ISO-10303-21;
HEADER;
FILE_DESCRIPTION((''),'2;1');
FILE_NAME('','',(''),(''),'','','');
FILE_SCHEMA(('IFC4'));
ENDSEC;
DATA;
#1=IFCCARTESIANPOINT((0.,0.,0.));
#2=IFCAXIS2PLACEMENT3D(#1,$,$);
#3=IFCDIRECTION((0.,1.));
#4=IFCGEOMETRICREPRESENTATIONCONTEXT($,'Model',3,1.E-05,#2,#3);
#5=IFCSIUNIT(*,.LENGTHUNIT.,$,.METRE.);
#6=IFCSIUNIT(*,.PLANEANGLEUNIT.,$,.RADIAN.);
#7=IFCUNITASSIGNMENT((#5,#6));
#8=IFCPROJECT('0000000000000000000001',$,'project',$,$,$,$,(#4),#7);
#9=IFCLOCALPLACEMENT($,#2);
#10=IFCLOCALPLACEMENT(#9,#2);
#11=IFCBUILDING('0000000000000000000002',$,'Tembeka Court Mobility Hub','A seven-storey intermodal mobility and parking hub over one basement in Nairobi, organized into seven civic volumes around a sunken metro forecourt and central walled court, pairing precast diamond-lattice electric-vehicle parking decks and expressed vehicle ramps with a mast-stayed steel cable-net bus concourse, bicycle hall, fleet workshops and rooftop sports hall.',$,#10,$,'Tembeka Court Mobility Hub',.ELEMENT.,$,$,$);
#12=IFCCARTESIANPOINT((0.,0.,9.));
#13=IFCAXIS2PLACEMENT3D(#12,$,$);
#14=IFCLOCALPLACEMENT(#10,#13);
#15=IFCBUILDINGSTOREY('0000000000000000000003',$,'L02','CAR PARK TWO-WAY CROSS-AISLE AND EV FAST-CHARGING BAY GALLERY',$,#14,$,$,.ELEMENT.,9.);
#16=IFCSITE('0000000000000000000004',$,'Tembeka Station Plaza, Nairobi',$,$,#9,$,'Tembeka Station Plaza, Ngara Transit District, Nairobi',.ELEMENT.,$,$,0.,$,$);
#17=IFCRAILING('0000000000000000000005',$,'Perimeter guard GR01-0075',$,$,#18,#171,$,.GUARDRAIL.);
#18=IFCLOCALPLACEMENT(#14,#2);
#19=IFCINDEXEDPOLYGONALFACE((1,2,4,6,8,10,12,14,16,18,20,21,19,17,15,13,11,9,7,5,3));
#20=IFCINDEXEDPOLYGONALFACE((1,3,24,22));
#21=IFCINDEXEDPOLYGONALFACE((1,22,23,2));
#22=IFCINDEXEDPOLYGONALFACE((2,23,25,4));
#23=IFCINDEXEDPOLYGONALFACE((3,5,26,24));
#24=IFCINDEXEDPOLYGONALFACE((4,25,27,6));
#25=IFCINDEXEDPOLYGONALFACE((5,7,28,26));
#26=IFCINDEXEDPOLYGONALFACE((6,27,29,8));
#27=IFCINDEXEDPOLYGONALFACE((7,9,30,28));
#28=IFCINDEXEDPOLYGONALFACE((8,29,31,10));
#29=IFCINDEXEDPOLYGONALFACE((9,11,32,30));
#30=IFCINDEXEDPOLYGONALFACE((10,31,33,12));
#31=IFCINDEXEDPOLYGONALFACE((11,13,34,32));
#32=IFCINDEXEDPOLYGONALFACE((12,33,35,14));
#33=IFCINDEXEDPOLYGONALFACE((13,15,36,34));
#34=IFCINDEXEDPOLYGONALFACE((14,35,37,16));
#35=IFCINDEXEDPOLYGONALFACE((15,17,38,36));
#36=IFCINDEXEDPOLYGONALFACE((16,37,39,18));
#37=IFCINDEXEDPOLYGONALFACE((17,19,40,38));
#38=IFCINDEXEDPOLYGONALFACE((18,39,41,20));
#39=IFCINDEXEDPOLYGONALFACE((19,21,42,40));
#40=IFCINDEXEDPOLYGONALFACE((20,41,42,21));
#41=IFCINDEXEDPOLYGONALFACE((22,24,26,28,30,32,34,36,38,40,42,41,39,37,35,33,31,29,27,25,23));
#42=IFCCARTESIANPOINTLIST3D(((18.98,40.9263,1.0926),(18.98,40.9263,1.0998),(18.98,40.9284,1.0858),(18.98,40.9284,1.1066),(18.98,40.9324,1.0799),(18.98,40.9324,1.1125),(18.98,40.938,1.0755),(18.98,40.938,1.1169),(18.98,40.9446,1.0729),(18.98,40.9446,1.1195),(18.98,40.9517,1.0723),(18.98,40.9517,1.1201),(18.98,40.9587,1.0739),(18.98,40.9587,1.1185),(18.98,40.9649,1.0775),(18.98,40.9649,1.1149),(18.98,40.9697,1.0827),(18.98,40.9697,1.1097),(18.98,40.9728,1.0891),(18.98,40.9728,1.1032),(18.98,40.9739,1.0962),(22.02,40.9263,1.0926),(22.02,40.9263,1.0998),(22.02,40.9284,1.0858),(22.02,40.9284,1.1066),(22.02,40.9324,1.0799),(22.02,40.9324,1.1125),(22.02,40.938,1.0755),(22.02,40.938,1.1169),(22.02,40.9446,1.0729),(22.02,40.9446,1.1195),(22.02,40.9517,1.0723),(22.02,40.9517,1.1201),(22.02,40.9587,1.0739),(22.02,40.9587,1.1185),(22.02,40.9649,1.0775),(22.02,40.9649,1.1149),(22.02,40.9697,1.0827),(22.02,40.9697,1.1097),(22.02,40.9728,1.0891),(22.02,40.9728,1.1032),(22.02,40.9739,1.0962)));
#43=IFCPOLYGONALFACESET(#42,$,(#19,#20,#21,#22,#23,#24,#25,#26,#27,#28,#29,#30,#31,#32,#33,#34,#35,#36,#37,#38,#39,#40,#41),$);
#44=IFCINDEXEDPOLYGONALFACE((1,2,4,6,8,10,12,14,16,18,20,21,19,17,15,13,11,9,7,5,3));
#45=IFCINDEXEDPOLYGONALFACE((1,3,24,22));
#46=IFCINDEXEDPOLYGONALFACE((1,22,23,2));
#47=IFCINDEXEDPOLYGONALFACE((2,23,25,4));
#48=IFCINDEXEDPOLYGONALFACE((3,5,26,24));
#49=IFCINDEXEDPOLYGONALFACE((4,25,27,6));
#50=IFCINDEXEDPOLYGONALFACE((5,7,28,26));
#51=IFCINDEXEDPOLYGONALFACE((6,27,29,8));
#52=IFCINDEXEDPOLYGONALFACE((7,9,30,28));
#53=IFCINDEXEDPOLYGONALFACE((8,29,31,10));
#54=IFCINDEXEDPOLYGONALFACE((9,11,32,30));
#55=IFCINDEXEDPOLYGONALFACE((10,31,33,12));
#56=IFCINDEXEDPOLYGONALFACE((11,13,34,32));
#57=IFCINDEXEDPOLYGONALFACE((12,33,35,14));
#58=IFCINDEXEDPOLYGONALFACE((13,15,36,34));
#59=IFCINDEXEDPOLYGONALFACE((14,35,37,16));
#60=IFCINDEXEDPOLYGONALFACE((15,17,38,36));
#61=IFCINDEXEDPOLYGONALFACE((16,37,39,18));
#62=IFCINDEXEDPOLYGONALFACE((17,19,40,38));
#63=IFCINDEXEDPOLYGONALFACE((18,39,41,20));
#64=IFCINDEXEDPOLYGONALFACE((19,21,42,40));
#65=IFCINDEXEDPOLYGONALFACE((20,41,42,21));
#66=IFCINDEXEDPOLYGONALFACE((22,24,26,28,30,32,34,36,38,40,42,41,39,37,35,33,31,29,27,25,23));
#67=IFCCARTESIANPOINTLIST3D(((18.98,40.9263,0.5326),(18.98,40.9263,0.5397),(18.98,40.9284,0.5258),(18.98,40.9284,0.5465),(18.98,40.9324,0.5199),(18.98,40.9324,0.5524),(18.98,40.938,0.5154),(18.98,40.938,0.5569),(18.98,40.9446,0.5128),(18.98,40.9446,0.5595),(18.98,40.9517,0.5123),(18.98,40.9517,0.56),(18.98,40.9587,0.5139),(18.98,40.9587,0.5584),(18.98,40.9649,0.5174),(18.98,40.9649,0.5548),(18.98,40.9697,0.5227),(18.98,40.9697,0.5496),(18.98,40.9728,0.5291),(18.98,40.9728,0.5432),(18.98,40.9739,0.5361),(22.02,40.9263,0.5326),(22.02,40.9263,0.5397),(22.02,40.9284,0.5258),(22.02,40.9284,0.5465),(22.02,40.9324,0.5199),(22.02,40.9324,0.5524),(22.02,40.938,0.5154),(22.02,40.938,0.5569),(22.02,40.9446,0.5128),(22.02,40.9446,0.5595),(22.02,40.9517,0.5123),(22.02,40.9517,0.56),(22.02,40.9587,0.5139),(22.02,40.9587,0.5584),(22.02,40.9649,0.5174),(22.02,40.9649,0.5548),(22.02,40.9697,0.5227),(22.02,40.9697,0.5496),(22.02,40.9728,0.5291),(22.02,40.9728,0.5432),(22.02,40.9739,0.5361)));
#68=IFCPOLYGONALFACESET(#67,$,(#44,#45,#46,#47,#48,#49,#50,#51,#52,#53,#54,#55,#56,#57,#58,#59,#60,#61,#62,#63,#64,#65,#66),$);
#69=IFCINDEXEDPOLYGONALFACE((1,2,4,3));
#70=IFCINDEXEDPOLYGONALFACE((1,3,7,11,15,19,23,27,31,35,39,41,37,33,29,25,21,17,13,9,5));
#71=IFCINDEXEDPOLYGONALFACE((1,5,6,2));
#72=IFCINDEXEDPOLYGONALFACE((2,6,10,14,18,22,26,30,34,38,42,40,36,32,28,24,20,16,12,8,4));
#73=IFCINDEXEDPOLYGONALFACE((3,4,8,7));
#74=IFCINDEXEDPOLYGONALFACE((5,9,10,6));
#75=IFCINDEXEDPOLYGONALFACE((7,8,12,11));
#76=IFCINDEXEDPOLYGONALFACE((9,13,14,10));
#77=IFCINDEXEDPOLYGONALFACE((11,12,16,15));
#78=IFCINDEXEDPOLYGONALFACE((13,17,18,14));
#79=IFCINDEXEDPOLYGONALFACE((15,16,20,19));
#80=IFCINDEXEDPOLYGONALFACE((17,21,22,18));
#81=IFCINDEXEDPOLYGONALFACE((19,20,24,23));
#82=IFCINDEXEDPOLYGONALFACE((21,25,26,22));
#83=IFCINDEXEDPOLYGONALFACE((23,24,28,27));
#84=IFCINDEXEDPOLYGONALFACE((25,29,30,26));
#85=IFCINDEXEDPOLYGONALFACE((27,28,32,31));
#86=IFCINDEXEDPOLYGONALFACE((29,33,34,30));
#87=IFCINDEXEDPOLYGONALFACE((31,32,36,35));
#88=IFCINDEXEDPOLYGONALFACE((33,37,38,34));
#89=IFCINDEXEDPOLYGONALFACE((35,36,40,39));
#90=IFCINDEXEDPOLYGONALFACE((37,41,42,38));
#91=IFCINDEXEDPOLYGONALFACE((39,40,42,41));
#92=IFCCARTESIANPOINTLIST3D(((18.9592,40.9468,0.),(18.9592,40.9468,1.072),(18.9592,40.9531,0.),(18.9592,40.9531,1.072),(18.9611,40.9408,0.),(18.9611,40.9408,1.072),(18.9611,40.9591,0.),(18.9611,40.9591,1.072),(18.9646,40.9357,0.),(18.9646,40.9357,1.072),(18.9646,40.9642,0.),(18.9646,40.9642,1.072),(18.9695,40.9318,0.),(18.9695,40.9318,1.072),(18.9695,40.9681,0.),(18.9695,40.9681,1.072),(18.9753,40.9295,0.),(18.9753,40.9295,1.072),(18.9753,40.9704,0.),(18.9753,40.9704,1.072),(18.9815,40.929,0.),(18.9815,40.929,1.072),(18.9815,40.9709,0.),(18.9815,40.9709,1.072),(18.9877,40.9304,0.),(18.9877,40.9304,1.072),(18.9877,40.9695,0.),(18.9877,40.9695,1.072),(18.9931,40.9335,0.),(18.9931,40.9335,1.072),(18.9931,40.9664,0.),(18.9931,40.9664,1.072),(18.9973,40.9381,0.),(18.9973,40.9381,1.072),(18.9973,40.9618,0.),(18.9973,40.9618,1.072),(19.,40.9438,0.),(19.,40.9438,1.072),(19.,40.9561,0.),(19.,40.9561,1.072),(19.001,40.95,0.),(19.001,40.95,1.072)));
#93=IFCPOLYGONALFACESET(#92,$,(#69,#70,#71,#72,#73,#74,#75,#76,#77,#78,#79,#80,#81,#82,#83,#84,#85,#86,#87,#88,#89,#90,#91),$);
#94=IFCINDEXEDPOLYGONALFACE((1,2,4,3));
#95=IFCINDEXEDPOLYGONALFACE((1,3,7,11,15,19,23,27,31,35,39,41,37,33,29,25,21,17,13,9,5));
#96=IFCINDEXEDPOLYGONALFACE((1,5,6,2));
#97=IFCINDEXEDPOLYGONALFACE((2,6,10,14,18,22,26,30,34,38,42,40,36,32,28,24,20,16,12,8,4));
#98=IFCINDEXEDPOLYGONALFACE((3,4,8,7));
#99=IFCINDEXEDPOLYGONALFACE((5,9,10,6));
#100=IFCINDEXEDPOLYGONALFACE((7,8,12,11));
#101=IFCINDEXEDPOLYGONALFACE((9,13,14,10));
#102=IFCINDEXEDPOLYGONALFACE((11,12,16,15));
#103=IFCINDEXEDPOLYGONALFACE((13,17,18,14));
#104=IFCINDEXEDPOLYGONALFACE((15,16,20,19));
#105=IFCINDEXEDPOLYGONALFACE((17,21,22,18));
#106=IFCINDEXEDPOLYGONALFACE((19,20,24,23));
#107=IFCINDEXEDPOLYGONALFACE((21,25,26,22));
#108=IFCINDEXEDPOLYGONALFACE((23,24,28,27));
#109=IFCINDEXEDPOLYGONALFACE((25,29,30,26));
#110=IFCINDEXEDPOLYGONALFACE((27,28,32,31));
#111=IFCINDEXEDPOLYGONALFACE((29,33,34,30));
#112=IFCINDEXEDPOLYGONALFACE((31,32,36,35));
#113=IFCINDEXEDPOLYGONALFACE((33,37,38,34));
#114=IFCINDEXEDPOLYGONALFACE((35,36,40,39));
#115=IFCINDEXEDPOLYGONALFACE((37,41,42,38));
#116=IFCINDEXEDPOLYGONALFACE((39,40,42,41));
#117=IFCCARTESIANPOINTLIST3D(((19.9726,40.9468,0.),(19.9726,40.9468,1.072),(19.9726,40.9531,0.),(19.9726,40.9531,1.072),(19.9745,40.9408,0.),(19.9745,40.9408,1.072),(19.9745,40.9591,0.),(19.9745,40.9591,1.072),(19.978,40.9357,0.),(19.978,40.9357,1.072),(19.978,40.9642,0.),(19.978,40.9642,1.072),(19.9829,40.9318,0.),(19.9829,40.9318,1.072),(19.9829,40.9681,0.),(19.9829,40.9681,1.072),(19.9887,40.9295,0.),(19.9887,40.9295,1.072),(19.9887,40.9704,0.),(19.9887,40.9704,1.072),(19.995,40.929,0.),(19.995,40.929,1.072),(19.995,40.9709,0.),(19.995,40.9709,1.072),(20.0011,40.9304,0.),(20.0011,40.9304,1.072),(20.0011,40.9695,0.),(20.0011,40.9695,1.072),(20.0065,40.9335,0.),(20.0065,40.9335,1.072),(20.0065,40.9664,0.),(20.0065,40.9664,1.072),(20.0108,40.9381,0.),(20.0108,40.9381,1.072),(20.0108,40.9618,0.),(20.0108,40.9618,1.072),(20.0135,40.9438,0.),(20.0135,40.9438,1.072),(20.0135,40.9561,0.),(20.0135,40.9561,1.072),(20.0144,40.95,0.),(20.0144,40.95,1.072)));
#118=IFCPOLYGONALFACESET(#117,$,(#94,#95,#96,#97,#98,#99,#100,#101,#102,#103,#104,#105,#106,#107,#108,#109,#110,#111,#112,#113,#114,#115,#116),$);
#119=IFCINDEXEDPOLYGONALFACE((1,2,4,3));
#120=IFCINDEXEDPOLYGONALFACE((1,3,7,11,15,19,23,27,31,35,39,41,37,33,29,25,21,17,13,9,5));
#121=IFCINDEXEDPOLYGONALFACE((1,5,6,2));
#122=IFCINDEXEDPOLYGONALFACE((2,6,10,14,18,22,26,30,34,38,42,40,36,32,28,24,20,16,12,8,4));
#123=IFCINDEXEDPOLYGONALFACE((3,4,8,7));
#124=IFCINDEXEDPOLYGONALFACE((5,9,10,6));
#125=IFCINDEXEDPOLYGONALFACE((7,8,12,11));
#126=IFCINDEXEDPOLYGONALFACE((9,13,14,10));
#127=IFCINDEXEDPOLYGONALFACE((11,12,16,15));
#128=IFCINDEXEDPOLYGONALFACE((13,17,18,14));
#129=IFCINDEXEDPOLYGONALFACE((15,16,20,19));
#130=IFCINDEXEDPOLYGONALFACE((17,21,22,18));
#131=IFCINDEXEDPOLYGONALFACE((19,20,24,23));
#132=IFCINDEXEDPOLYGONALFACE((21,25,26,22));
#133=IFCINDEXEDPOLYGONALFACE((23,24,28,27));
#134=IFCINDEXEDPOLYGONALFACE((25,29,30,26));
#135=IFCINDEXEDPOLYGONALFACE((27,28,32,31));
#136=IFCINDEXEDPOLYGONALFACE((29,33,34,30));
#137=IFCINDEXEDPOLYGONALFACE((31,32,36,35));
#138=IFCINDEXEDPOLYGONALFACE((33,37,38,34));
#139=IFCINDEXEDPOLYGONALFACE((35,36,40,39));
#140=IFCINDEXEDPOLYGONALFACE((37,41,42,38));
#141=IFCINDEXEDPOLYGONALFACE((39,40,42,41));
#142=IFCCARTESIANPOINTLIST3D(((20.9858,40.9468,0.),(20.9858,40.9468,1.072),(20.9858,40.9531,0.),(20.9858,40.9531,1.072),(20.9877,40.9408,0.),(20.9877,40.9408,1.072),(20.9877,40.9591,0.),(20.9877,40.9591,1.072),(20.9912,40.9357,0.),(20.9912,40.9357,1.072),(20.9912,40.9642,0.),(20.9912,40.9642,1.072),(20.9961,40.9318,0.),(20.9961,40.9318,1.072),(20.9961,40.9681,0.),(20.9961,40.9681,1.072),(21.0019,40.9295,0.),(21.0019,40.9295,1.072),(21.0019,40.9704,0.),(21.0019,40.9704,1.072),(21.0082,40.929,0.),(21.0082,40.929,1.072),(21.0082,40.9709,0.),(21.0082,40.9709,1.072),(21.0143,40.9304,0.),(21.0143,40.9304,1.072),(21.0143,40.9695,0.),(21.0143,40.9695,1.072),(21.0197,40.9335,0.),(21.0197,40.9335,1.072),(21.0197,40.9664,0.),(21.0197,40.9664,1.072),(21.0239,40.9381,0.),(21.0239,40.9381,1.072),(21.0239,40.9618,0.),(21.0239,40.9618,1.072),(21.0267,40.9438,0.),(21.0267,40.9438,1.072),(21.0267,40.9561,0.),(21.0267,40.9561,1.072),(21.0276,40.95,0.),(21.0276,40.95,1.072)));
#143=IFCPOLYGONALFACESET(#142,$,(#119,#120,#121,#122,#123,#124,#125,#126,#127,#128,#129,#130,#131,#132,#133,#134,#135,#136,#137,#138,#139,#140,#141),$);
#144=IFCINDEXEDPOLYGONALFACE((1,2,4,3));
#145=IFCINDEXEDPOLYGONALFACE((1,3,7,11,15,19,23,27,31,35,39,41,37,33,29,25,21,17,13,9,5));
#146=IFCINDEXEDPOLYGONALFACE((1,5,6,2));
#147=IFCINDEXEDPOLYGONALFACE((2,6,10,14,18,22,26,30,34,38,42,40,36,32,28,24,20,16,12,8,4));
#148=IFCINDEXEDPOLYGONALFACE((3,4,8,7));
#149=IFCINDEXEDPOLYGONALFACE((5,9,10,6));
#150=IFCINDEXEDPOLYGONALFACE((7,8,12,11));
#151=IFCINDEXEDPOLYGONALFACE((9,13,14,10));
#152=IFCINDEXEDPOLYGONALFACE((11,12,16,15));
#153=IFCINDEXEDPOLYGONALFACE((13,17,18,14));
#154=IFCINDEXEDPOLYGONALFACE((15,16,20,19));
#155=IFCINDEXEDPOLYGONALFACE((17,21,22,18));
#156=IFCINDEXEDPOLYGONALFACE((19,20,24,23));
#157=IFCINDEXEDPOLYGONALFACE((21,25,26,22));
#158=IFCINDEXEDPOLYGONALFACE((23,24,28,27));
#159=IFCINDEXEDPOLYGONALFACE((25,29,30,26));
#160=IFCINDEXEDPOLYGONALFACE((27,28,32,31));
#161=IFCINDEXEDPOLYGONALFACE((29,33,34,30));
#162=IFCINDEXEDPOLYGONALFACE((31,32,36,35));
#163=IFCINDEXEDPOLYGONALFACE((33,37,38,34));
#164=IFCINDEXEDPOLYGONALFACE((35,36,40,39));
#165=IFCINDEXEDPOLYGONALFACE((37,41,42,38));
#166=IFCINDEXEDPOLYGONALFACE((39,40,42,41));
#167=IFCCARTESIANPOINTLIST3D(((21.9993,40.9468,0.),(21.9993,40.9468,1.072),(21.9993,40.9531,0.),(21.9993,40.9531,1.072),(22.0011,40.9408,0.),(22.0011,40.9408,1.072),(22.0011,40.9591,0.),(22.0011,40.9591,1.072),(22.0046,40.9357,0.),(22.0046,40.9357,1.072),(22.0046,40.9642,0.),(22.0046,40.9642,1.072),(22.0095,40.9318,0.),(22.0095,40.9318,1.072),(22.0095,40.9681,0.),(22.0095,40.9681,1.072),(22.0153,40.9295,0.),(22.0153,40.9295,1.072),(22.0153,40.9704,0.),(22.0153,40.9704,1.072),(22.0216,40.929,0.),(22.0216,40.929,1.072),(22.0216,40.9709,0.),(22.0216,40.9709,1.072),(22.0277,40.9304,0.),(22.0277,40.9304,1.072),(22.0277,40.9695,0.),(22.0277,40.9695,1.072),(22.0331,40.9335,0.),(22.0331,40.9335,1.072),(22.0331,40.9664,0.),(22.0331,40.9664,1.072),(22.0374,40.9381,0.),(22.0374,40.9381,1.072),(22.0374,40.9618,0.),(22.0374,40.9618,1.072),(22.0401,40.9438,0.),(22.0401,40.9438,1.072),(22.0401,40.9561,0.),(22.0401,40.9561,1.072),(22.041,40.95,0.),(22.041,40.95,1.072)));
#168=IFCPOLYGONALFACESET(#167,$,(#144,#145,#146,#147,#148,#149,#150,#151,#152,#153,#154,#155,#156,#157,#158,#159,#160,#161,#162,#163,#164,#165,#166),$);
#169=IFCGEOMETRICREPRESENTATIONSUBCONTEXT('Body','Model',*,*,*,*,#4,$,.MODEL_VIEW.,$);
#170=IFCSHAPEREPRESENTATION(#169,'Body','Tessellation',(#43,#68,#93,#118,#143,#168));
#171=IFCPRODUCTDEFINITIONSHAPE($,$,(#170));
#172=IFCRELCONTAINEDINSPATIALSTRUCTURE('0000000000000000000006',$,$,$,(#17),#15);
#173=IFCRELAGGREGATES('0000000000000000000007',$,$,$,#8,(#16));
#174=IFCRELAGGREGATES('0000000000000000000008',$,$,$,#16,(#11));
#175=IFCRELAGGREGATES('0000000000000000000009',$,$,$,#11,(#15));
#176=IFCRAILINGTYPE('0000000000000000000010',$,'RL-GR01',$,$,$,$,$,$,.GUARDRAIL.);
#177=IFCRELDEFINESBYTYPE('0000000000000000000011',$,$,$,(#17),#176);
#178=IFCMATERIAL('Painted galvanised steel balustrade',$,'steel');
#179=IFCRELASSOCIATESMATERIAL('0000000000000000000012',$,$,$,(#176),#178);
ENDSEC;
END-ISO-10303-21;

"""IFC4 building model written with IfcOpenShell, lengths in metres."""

from ifc_helpers import new_model, si_unit, direction, frame, origin, origin_2d, place, context, subcontext, project, spatial, circle, extrude, material, type_object, element, save


model = new_model("IFC4")

# Units and contexts
model_context = context("Model", 3, precision=1e-05, world=origin(), true_north=direction((0.0, 1.0)))
body_context = subcontext(model_context, "Body", "Model", "MODEL_VIEW")
ifc_project = project(units=[si_unit("LENGTHUNIT", "METRE"), si_unit("PLANEANGLEUNIT", "RADIAN")], contexts=[model_context])

# Site, building, storey
site_placement = place(None, origin())
site = spatial("IfcSite", under=ifc_project, at=site_placement, Name="Tembeka Station Plaza, Nairobi", LongName="Tembeka Station Plaza, Ngara Transit District, Nairobi", CompositionType="ELEMENT", RefElevation=0.0)
building_placement = place(site_placement, origin())
building = spatial("IfcBuilding", under=site, at=building_placement, Name="Tembeka Court Mobility Hub", Description="A seven-storey intermodal mobility and parking hub over one basement in Nairobi, organized into seven civic volumes around a sunken metro forecourt and central walled court, pairing precast diamond-lattice electric-vehicle parking decks and expressed vehicle ramps with a mast-stayed steel cable-net bus concourse, bicycle hall, fleet workshops and rooftop sports hall.", LongName="Tembeka Court Mobility Hub", CompositionType="ELEMENT")
storey_placement = place(building_placement, frame((0.0, 0.0, 9.0)))
storey = spatial("IfcBuildingStorey", under=building, at=storey_placement, Name="L02", Description="CAR PARK TWO-WAY CROSS-AISLE AND EV FAST-CHARGING BAY GALLERY", CompositionType="ELEMENT", Elevation=9.0)

# Railing
ifc_material_1 = material(Name="Painted galvanised steel balustrade", Category="steel")
railing_type = type_object("IfcRailingType", Name="RL-GR01", PredefinedType="GUARDRAIL", material=ifc_material_1)
railing_1_placement = place(storey_placement, frame((18.98, 40.95, 0.0)))
element("IfcRailing", 1, at=railing_1_placement, inside=storey, type_object=railing_type, Name="Perimeter guard GR01-0075", PredefinedType="GUARDRAIL", context=body_context, shape_type="SweptSolid", body=[
    extrude(circle(Radius=0.0239, at=origin_2d()), frame((0.0, 0.0, 1.0962), z_axis=(1.0, 0.0, 0.0), x_axis=(0.0, 1.0, 0.0)), (0.0, 0.0, 1.0), 3.04),
    extrude(circle(Radius=0.0239, at=origin_2d()), frame((0.0, 0.0, 0.5361), z_axis=(1.0, 0.0, 0.0), x_axis=(0.0, 1.0, 0.0)), (0.0, 0.0, 1.0), 3.04),
    extrude(circle(Radius=0.021, at=origin_2d()), origin(), (0.0, 0.0, 1.0), 1.072),
    extrude(circle(Radius=0.021, at=origin_2d()), frame((1.0134, 0.0, 0.0)), (0.0, 0.0, 1.0), 1.072),
    extrude(circle(Radius=0.021, at=origin_2d()), frame((2.0266, 0.0, 0.0)), (0.0, 0.0, 1.0), 1.072),
    extrude(circle(Radius=0.021, at=origin_2d()), frame((3.04, 0.0, 0.0)), (0.0, 0.0, 1.0), 1.072),
])

save(model, "model.ifc")
